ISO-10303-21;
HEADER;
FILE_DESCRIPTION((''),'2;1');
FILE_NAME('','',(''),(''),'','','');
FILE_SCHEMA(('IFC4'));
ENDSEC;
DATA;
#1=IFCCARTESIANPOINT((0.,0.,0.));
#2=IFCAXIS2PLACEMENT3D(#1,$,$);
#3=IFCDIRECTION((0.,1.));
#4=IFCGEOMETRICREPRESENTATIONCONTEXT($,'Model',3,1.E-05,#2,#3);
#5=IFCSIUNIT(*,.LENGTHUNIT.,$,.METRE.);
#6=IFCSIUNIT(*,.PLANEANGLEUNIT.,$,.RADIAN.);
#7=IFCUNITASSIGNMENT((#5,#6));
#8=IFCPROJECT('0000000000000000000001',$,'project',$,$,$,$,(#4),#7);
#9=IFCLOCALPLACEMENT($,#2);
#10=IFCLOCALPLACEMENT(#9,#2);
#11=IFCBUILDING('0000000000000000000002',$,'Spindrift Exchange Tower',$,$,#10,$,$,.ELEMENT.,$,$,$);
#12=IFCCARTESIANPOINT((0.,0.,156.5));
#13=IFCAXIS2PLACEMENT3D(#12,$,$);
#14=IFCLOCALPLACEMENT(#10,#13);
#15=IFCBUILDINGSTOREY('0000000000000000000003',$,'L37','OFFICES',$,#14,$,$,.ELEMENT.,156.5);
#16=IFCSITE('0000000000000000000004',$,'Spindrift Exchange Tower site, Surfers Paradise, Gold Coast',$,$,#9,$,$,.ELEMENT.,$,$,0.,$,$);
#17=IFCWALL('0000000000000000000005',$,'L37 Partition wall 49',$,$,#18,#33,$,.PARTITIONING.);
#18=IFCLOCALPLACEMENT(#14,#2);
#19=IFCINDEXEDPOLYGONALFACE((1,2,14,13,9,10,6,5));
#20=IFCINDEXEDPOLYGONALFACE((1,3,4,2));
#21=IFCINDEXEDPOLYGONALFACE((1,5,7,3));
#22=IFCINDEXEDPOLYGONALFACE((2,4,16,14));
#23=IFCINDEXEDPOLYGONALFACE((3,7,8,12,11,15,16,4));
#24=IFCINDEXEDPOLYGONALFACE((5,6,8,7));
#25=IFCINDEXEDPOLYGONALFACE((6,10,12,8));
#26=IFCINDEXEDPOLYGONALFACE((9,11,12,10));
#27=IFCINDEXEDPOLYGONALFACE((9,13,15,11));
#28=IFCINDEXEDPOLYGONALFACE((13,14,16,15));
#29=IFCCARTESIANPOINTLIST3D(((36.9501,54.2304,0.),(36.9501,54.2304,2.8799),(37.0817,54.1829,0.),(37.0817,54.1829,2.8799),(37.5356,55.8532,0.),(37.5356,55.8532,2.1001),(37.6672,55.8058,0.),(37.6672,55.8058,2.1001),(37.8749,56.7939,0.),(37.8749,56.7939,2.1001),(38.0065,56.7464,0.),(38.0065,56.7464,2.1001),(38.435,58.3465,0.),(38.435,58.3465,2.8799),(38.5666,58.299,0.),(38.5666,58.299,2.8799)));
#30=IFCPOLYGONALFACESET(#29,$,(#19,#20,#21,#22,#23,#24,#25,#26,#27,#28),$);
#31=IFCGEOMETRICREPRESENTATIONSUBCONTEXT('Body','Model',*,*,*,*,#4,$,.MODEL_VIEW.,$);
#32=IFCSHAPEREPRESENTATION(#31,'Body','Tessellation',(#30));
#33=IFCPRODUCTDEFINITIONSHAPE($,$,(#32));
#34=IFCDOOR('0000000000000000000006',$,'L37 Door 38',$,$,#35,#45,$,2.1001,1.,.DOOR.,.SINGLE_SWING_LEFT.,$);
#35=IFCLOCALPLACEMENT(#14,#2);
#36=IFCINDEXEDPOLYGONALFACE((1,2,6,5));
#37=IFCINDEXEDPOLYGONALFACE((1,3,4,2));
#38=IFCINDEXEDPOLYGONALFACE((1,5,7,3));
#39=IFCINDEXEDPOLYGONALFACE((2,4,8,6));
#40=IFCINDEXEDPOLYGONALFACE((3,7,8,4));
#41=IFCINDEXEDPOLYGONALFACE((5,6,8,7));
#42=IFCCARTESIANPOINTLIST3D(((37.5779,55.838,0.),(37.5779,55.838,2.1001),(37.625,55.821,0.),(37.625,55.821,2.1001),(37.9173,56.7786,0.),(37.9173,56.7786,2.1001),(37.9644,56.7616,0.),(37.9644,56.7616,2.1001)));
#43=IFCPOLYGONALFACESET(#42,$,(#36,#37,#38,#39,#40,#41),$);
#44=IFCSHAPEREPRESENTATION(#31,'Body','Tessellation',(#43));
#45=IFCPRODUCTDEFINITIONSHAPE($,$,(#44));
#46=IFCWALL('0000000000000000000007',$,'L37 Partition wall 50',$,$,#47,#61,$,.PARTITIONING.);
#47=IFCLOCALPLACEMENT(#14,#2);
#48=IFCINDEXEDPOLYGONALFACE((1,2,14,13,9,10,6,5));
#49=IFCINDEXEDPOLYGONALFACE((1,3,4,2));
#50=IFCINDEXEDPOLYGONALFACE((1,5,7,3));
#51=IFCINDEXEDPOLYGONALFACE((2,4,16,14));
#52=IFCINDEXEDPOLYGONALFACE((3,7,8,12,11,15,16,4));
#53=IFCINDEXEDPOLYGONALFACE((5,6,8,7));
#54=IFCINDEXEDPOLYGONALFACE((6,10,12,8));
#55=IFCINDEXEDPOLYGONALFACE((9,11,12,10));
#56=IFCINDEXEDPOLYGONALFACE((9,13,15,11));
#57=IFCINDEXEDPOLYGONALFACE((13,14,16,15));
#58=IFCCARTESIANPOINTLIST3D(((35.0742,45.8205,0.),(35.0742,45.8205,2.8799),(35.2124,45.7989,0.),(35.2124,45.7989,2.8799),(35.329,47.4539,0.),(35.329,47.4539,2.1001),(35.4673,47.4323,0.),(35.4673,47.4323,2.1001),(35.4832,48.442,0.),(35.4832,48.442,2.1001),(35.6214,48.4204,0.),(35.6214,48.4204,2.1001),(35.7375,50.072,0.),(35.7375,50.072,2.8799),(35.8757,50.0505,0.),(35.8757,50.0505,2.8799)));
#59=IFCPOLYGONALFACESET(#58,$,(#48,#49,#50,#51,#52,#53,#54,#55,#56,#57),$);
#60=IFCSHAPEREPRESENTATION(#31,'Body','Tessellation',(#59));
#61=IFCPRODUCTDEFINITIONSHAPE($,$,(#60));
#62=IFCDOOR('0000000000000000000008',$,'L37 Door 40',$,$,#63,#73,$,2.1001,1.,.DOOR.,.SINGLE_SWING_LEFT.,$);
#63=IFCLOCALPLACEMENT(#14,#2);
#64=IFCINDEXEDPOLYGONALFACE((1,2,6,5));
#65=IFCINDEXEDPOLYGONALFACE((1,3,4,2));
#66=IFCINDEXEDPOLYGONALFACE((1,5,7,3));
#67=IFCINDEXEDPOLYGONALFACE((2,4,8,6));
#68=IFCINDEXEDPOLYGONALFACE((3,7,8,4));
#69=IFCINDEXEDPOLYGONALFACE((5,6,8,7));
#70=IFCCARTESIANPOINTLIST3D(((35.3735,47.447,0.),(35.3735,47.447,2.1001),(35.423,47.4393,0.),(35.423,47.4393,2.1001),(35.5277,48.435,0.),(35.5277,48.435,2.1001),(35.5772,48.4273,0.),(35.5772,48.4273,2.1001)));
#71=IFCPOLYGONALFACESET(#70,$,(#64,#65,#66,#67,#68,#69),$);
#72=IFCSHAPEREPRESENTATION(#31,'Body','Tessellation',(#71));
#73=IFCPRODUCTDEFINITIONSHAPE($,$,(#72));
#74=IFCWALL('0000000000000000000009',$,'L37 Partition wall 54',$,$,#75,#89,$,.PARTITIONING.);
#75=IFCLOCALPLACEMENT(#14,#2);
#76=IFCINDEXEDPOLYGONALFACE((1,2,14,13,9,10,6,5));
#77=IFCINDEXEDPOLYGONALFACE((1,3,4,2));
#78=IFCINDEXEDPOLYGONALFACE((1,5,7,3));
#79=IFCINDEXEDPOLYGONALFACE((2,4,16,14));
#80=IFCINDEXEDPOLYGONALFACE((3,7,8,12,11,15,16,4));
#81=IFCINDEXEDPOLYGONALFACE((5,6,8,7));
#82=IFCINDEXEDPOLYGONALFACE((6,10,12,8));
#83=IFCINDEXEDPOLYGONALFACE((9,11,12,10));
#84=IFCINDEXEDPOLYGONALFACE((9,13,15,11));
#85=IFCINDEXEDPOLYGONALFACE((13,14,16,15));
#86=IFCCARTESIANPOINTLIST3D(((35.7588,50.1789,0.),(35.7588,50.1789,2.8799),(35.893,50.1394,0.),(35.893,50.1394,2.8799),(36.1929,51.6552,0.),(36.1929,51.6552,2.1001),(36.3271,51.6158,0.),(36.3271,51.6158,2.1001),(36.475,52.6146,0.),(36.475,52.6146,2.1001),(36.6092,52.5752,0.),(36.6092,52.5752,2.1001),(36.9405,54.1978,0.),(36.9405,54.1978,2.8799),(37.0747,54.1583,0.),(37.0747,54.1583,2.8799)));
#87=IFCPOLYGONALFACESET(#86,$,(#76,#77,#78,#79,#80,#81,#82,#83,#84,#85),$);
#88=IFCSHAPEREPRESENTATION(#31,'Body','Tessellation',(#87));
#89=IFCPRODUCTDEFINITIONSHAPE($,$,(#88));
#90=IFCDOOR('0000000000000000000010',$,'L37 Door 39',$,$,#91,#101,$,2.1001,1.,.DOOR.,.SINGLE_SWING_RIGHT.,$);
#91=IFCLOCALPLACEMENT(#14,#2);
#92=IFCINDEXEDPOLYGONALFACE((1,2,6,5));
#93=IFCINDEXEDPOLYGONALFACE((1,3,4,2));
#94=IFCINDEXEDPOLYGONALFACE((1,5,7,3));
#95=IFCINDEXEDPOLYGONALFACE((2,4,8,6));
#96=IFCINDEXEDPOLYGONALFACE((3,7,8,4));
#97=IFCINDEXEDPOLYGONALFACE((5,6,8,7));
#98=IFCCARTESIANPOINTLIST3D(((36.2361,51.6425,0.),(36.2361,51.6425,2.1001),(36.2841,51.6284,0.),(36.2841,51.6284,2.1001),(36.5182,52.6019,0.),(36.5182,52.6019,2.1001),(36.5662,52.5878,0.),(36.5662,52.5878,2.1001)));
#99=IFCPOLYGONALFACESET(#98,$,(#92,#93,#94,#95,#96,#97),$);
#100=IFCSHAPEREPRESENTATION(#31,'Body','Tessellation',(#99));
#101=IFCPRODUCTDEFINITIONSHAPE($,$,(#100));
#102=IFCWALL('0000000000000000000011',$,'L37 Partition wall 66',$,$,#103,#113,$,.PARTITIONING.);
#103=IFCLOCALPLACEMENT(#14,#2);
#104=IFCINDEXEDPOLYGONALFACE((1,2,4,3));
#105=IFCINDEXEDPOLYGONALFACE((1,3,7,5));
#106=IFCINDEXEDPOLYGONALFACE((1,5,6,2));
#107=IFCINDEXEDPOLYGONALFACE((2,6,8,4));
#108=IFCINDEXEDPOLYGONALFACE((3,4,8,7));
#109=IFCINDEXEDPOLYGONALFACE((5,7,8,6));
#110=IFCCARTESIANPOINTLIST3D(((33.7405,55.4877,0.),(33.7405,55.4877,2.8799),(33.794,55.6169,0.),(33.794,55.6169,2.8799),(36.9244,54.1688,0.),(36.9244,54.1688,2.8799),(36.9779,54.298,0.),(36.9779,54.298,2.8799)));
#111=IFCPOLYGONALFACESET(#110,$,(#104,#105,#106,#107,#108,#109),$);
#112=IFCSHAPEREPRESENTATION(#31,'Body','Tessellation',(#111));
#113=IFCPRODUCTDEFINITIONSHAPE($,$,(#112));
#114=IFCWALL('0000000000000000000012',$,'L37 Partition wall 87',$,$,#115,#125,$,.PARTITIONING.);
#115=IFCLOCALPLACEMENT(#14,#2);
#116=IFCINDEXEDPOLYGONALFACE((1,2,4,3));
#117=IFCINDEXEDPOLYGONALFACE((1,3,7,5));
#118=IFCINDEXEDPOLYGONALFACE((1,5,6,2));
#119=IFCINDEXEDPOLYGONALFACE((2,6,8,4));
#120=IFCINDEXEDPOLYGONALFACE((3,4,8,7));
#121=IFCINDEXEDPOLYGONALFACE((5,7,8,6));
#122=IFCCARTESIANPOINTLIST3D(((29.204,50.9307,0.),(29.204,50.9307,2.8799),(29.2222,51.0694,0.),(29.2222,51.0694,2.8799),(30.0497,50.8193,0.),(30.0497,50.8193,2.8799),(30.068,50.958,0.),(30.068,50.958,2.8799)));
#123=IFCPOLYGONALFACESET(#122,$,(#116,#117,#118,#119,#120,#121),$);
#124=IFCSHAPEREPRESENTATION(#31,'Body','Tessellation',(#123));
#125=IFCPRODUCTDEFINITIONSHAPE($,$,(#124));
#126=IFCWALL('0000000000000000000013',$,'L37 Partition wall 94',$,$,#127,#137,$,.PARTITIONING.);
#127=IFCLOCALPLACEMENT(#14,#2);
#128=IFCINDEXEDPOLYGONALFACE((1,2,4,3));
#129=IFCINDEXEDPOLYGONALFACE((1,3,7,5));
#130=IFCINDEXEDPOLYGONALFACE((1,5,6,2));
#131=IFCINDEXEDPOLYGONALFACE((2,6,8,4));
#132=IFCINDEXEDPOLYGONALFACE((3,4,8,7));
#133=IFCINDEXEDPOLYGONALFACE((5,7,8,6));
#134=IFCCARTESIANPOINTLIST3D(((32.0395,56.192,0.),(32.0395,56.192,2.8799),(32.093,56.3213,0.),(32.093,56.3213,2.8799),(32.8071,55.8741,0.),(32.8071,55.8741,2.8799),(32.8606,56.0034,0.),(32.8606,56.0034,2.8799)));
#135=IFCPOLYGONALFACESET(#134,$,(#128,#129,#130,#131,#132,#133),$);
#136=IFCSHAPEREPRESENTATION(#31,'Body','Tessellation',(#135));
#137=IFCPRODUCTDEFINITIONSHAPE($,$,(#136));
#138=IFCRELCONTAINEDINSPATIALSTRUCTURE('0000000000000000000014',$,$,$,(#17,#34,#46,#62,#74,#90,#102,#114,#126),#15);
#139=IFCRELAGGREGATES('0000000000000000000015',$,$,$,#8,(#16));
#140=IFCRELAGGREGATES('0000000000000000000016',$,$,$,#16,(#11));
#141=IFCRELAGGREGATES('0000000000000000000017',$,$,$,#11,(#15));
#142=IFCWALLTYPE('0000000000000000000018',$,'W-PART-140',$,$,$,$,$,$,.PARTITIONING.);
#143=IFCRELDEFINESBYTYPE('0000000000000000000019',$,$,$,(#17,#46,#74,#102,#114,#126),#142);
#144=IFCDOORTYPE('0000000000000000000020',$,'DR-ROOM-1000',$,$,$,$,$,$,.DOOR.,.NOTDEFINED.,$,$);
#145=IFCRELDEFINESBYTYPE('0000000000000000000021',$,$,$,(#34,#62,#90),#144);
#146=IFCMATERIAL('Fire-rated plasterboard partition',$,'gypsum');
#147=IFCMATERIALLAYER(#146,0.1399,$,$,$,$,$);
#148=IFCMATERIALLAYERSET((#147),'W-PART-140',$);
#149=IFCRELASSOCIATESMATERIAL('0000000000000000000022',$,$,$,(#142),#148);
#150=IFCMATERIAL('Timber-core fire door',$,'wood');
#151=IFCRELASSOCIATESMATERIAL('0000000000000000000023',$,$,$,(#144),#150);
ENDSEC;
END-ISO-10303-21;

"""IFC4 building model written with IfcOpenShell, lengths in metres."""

from ifc_helpers import new_model, si_unit, direction, frame, frame_2d, origin, place, context, subcontext, project, spatial, rectangle, extrude, source, transform, mapped, material, layer, layer_set, type_object, element, fill, save


model = new_model("IFC4")

# Units and contexts
model_context = context("Model", 3, precision=1e-05, world=origin(), true_north=direction((0.0, 1.0)))
body_context = subcontext(model_context, "Body", "Model", "MODEL_VIEW")
ifc_project = project(units=[si_unit("LENGTHUNIT", "METRE"), si_unit("PLANEANGLEUNIT", "RADIAN")], contexts=[model_context])

# Site, building, storey
site_placement = place(None, origin())
site = spatial("IfcSite", under=ifc_project, at=site_placement, Name="Spindrift Exchange Tower site, Surfers Paradise, Gold Coast", CompositionType="ELEMENT", RefElevation=0.0)
building_placement = place(site_placement, origin())
building = spatial("IfcBuilding", under=site, at=building_placement, Name="Spindrift Exchange Tower", CompositionType="ELEMENT")
storey_placement = place(building_placement, frame((0.0, 0.0, 156.5)))
storey = spatial("IfcBuildingStorey", under=building, at=storey_placement, Name="L37", Description="OFFICES", CompositionType="ELEMENT", Elevation=156.5)

# Shared definitions
ifc_material_1 = material(Name="Fire-rated plasterboard partition", Category="gypsum")
ifc_layer_1 = layer(ifc_material_1, 0.1399)
ifc_layer_set_1 = layer_set([ifc_layer_1], Name="W-PART-140")
wall_type = type_object("IfcWallType", Name="W-PART-140", PredefinedType="PARTITIONING", material=ifc_layer_set_1)

# Walls, openings, doors
wall_1_placement = place(storey_placement, frame((37.0159, 54.2065, 0.0), z_axis=(0.0, 0.0, 1.0), x_axis=(0.33935, 0.94066, 0.0)))
wall_1 = element("IfcWall", 1, at=wall_1_placement, inside=storey, type_object=wall_type, Name="L37 Partition wall 49", PredefinedType="PARTITIONING", context=body_context, shape_type="SweptSolid", body=[
    extrude(rectangle(XDim=4.3757, YDim=0.1399, at=frame_2d((2.188, 0.0))), origin(), (0.0, 0.0, 1.0), 2.8799),
])
opening_1_placement = place(wall_1_placement, frame((1.7253, 0.0, 0.0)))
opening_1 = element("IfcOpeningElement", 2, at=opening_1_placement, cuts=wall_1, PredefinedType="OPENING", context=body_context, shape_type="SweptSolid", body=[
    extrude(rectangle(XDim=1.0, YDim=2.1001, at=frame_2d((0.5, 1.05))), frame((0.0, 0.0798, 0.0), z_axis=(0.0, -1.0, 0.0), x_axis=(1.0, 0.0, 0.0)), (0.0, 0.0, 1.0), 0.1599),
])
ifc_material_2 = material(Name="Timber-core fire door", Category="wood")
door_type = type_object("IfcDoorType", Name="DR-ROOM-1000", OperationType="NOTDEFINED", PredefinedType="DOOR", material=ifc_material_2)
shared_shape_1 = source(origin(), body_context, "Body", "SweptSolid", [
    extrude(rectangle(XDim=1.0, YDim=2.1001, at=frame_2d((0.5, 1.05))), frame((0.0, 0.0249, 0.0), z_axis=(0.0, -1.0, 0.0), x_axis=(1.0, 0.0, 0.0)), (0.0, 0.0, 1.0), 0.05),
])
door_1_placement = place(opening_1_placement, origin())
door_1 = element("IfcDoor", 3, at=door_1_placement, inside=storey, type_object=door_type, Name="L37 Door 38", OperationType="SINGLE_SWING_LEFT", OverallHeight=2.1001, OverallWidth=1.0, PredefinedType="DOOR", context=body_context, shape_type="MappedRepresentation", body=[
    mapped(shared_shape_1, transform((0.0, 0.0, 0.0), scale=1.0)),
])
fill(opening_1, door_1)
wall_2_placement = place(storey_placement, frame((35.1433, 45.8098, 0.0), z_axis=(0.0, 0.0, 1.0), x_axis=(0.154159, 0.988046, 0.0)))
wall_2 = element("IfcWall", 4, at=wall_2_placement, inside=storey, type_object=wall_type, Name="L37 Partition wall 50", PredefinedType="PARTITIONING", context=body_context, shape_type="SweptSolid", body=[
    extrude(rectangle(XDim=4.303, YDim=0.1399, at=frame_2d((2.1514, 0.0))), origin(), (0.0, 0.0, 1.0), 2.8799),
])
opening_2_placement = place(wall_2_placement, frame((1.6531, 0.0, 0.0)))
opening_2 = element("IfcOpeningElement", 5, at=opening_2_placement, cuts=wall_2, PredefinedType="OPENING", context=body_context, shape_type="SweptSolid", body=[
    extrude(rectangle(XDim=1.0, YDim=2.1001, at=frame_2d((0.5, 1.05))), frame((0.0, 0.0798, 0.0), z_axis=(0.0, -1.0, 0.0), x_axis=(1.0, 0.0, 0.0)), (0.0, 0.0, 1.0), 0.1599),
])
door_2_placement = place(opening_2_placement, origin())
door_2 = element("IfcDoor", 6, at=door_2_placement, inside=storey, type_object=door_type, Name="L37 Door 40", OperationType="SINGLE_SWING_LEFT", OverallHeight=2.1001, OverallWidth=1.0, PredefinedType="DOOR", context=body_context, shape_type="MappedRepresentation", body=[
    mapped(shared_shape_1, transform((0.0, 0.0, 0.0), scale=1.0)),
])
fill(opening_2, door_2)
wall_3_placement = place(storey_placement, frame((35.8259, 50.1592, 0.0), z_axis=(0.0, 0.0, 1.0), x_axis=(0.282087, 0.959389, 0.0)))
wall_3 = element("IfcWall", 7, at=wall_3_placement, inside=storey, type_object=wall_type, Name="L37 Partition wall 54", PredefinedType="PARTITIONING", context=body_context, shape_type="SweptSolid", body=[
    extrude(rectangle(XDim=4.189, YDim=0.1399, at=frame_2d((2.0945, 0.0))), origin(), (0.0, 0.0, 1.0), 2.8799),
])
opening_3_placement = place(wall_3_placement, frame((1.5388, 0.0, 0.0)))
opening_3 = element("IfcOpeningElement", 8, at=opening_3_placement, cuts=wall_3, PredefinedType="OPENING", context=body_context, shape_type="SweptSolid", body=[
    extrude(rectangle(XDim=1.0, YDim=2.1001, at=frame_2d((0.5, 1.05))), frame((0.0, 0.0798, 0.0), z_axis=(0.0, -1.0, 0.0), x_axis=(1.0, 0.0, 0.0)), (0.0, 0.0, 1.0), 0.1599),
])
door_3_placement = place(opening_3_placement, origin())
door_3 = element("IfcDoor", 9, at=door_3_placement, inside=storey, type_object=door_type, Name="L37 Door 39", OperationType="SINGLE_SWING_RIGHT", OverallHeight=2.1001, OverallWidth=1.0, PredefinedType="DOOR", context=body_context, shape_type="MappedRepresentation", body=[
    mapped(shared_shape_1, transform((0.0, 0.0, 0.0), scale=1.0)),
])
fill(opening_3, door_3)

# Walls
wall_4_placement = place(storey_placement, frame((36.9512, 54.2334, 0.0), z_axis=(0.0, 0.0, 1.0), x_axis=(-0.923873, 0.382698, 0.0)))
element("IfcWall", 10, at=wall_4_placement, inside=storey, type_object=wall_type, Name="L37 Partition wall 66", PredefinedType="PARTITIONING", context=body_context, shape_type="SweptSolid", body=[
    extrude(rectangle(XDim=3.4463, YDim=0.1399, at=frame_2d((1.7231, 0.0))), origin(), (0.0, 0.0, 1.0), 2.8799),
])
wall_5_placement = place(storey_placement, frame((30.0588, 50.8887, 0.0), z_axis=(0.0, 0.0, 1.0), x_axis=(-0.991447, 0.130514, 0.0)))
element("IfcWall", 11, at=wall_5_placement, inside=storey, type_object=wall_type, Name="L37 Partition wall 87", PredefinedType="PARTITIONING", context=body_context, shape_type="SweptSolid", body=[
    extrude(rectangle(XDim=0.853, YDim=0.1399, at=frame_2d((0.4265, 0.0))), origin(), (0.0, 0.0, 1.0), 2.8799),
])
wall_6_placement = place(storey_placement, frame((32.834, 55.9387, 0.0), z_axis=(0.0, 0.0, 1.0), x_axis=(-0.923909, 0.382611, 0.0)))
element("IfcWall", 12, at=wall_6_placement, inside=storey, type_object=wall_type, Name="L37 Partition wall 94", PredefinedType="PARTITIONING", context=body_context, shape_type="SweptSolid", body=[
    extrude(rectangle(XDim=0.8308, YDim=0.1399, at=frame_2d((0.4155, 0.0))), origin(), (0.0, 0.0, 1.0), 2.8799),
])

save(model, "model.ifc")
